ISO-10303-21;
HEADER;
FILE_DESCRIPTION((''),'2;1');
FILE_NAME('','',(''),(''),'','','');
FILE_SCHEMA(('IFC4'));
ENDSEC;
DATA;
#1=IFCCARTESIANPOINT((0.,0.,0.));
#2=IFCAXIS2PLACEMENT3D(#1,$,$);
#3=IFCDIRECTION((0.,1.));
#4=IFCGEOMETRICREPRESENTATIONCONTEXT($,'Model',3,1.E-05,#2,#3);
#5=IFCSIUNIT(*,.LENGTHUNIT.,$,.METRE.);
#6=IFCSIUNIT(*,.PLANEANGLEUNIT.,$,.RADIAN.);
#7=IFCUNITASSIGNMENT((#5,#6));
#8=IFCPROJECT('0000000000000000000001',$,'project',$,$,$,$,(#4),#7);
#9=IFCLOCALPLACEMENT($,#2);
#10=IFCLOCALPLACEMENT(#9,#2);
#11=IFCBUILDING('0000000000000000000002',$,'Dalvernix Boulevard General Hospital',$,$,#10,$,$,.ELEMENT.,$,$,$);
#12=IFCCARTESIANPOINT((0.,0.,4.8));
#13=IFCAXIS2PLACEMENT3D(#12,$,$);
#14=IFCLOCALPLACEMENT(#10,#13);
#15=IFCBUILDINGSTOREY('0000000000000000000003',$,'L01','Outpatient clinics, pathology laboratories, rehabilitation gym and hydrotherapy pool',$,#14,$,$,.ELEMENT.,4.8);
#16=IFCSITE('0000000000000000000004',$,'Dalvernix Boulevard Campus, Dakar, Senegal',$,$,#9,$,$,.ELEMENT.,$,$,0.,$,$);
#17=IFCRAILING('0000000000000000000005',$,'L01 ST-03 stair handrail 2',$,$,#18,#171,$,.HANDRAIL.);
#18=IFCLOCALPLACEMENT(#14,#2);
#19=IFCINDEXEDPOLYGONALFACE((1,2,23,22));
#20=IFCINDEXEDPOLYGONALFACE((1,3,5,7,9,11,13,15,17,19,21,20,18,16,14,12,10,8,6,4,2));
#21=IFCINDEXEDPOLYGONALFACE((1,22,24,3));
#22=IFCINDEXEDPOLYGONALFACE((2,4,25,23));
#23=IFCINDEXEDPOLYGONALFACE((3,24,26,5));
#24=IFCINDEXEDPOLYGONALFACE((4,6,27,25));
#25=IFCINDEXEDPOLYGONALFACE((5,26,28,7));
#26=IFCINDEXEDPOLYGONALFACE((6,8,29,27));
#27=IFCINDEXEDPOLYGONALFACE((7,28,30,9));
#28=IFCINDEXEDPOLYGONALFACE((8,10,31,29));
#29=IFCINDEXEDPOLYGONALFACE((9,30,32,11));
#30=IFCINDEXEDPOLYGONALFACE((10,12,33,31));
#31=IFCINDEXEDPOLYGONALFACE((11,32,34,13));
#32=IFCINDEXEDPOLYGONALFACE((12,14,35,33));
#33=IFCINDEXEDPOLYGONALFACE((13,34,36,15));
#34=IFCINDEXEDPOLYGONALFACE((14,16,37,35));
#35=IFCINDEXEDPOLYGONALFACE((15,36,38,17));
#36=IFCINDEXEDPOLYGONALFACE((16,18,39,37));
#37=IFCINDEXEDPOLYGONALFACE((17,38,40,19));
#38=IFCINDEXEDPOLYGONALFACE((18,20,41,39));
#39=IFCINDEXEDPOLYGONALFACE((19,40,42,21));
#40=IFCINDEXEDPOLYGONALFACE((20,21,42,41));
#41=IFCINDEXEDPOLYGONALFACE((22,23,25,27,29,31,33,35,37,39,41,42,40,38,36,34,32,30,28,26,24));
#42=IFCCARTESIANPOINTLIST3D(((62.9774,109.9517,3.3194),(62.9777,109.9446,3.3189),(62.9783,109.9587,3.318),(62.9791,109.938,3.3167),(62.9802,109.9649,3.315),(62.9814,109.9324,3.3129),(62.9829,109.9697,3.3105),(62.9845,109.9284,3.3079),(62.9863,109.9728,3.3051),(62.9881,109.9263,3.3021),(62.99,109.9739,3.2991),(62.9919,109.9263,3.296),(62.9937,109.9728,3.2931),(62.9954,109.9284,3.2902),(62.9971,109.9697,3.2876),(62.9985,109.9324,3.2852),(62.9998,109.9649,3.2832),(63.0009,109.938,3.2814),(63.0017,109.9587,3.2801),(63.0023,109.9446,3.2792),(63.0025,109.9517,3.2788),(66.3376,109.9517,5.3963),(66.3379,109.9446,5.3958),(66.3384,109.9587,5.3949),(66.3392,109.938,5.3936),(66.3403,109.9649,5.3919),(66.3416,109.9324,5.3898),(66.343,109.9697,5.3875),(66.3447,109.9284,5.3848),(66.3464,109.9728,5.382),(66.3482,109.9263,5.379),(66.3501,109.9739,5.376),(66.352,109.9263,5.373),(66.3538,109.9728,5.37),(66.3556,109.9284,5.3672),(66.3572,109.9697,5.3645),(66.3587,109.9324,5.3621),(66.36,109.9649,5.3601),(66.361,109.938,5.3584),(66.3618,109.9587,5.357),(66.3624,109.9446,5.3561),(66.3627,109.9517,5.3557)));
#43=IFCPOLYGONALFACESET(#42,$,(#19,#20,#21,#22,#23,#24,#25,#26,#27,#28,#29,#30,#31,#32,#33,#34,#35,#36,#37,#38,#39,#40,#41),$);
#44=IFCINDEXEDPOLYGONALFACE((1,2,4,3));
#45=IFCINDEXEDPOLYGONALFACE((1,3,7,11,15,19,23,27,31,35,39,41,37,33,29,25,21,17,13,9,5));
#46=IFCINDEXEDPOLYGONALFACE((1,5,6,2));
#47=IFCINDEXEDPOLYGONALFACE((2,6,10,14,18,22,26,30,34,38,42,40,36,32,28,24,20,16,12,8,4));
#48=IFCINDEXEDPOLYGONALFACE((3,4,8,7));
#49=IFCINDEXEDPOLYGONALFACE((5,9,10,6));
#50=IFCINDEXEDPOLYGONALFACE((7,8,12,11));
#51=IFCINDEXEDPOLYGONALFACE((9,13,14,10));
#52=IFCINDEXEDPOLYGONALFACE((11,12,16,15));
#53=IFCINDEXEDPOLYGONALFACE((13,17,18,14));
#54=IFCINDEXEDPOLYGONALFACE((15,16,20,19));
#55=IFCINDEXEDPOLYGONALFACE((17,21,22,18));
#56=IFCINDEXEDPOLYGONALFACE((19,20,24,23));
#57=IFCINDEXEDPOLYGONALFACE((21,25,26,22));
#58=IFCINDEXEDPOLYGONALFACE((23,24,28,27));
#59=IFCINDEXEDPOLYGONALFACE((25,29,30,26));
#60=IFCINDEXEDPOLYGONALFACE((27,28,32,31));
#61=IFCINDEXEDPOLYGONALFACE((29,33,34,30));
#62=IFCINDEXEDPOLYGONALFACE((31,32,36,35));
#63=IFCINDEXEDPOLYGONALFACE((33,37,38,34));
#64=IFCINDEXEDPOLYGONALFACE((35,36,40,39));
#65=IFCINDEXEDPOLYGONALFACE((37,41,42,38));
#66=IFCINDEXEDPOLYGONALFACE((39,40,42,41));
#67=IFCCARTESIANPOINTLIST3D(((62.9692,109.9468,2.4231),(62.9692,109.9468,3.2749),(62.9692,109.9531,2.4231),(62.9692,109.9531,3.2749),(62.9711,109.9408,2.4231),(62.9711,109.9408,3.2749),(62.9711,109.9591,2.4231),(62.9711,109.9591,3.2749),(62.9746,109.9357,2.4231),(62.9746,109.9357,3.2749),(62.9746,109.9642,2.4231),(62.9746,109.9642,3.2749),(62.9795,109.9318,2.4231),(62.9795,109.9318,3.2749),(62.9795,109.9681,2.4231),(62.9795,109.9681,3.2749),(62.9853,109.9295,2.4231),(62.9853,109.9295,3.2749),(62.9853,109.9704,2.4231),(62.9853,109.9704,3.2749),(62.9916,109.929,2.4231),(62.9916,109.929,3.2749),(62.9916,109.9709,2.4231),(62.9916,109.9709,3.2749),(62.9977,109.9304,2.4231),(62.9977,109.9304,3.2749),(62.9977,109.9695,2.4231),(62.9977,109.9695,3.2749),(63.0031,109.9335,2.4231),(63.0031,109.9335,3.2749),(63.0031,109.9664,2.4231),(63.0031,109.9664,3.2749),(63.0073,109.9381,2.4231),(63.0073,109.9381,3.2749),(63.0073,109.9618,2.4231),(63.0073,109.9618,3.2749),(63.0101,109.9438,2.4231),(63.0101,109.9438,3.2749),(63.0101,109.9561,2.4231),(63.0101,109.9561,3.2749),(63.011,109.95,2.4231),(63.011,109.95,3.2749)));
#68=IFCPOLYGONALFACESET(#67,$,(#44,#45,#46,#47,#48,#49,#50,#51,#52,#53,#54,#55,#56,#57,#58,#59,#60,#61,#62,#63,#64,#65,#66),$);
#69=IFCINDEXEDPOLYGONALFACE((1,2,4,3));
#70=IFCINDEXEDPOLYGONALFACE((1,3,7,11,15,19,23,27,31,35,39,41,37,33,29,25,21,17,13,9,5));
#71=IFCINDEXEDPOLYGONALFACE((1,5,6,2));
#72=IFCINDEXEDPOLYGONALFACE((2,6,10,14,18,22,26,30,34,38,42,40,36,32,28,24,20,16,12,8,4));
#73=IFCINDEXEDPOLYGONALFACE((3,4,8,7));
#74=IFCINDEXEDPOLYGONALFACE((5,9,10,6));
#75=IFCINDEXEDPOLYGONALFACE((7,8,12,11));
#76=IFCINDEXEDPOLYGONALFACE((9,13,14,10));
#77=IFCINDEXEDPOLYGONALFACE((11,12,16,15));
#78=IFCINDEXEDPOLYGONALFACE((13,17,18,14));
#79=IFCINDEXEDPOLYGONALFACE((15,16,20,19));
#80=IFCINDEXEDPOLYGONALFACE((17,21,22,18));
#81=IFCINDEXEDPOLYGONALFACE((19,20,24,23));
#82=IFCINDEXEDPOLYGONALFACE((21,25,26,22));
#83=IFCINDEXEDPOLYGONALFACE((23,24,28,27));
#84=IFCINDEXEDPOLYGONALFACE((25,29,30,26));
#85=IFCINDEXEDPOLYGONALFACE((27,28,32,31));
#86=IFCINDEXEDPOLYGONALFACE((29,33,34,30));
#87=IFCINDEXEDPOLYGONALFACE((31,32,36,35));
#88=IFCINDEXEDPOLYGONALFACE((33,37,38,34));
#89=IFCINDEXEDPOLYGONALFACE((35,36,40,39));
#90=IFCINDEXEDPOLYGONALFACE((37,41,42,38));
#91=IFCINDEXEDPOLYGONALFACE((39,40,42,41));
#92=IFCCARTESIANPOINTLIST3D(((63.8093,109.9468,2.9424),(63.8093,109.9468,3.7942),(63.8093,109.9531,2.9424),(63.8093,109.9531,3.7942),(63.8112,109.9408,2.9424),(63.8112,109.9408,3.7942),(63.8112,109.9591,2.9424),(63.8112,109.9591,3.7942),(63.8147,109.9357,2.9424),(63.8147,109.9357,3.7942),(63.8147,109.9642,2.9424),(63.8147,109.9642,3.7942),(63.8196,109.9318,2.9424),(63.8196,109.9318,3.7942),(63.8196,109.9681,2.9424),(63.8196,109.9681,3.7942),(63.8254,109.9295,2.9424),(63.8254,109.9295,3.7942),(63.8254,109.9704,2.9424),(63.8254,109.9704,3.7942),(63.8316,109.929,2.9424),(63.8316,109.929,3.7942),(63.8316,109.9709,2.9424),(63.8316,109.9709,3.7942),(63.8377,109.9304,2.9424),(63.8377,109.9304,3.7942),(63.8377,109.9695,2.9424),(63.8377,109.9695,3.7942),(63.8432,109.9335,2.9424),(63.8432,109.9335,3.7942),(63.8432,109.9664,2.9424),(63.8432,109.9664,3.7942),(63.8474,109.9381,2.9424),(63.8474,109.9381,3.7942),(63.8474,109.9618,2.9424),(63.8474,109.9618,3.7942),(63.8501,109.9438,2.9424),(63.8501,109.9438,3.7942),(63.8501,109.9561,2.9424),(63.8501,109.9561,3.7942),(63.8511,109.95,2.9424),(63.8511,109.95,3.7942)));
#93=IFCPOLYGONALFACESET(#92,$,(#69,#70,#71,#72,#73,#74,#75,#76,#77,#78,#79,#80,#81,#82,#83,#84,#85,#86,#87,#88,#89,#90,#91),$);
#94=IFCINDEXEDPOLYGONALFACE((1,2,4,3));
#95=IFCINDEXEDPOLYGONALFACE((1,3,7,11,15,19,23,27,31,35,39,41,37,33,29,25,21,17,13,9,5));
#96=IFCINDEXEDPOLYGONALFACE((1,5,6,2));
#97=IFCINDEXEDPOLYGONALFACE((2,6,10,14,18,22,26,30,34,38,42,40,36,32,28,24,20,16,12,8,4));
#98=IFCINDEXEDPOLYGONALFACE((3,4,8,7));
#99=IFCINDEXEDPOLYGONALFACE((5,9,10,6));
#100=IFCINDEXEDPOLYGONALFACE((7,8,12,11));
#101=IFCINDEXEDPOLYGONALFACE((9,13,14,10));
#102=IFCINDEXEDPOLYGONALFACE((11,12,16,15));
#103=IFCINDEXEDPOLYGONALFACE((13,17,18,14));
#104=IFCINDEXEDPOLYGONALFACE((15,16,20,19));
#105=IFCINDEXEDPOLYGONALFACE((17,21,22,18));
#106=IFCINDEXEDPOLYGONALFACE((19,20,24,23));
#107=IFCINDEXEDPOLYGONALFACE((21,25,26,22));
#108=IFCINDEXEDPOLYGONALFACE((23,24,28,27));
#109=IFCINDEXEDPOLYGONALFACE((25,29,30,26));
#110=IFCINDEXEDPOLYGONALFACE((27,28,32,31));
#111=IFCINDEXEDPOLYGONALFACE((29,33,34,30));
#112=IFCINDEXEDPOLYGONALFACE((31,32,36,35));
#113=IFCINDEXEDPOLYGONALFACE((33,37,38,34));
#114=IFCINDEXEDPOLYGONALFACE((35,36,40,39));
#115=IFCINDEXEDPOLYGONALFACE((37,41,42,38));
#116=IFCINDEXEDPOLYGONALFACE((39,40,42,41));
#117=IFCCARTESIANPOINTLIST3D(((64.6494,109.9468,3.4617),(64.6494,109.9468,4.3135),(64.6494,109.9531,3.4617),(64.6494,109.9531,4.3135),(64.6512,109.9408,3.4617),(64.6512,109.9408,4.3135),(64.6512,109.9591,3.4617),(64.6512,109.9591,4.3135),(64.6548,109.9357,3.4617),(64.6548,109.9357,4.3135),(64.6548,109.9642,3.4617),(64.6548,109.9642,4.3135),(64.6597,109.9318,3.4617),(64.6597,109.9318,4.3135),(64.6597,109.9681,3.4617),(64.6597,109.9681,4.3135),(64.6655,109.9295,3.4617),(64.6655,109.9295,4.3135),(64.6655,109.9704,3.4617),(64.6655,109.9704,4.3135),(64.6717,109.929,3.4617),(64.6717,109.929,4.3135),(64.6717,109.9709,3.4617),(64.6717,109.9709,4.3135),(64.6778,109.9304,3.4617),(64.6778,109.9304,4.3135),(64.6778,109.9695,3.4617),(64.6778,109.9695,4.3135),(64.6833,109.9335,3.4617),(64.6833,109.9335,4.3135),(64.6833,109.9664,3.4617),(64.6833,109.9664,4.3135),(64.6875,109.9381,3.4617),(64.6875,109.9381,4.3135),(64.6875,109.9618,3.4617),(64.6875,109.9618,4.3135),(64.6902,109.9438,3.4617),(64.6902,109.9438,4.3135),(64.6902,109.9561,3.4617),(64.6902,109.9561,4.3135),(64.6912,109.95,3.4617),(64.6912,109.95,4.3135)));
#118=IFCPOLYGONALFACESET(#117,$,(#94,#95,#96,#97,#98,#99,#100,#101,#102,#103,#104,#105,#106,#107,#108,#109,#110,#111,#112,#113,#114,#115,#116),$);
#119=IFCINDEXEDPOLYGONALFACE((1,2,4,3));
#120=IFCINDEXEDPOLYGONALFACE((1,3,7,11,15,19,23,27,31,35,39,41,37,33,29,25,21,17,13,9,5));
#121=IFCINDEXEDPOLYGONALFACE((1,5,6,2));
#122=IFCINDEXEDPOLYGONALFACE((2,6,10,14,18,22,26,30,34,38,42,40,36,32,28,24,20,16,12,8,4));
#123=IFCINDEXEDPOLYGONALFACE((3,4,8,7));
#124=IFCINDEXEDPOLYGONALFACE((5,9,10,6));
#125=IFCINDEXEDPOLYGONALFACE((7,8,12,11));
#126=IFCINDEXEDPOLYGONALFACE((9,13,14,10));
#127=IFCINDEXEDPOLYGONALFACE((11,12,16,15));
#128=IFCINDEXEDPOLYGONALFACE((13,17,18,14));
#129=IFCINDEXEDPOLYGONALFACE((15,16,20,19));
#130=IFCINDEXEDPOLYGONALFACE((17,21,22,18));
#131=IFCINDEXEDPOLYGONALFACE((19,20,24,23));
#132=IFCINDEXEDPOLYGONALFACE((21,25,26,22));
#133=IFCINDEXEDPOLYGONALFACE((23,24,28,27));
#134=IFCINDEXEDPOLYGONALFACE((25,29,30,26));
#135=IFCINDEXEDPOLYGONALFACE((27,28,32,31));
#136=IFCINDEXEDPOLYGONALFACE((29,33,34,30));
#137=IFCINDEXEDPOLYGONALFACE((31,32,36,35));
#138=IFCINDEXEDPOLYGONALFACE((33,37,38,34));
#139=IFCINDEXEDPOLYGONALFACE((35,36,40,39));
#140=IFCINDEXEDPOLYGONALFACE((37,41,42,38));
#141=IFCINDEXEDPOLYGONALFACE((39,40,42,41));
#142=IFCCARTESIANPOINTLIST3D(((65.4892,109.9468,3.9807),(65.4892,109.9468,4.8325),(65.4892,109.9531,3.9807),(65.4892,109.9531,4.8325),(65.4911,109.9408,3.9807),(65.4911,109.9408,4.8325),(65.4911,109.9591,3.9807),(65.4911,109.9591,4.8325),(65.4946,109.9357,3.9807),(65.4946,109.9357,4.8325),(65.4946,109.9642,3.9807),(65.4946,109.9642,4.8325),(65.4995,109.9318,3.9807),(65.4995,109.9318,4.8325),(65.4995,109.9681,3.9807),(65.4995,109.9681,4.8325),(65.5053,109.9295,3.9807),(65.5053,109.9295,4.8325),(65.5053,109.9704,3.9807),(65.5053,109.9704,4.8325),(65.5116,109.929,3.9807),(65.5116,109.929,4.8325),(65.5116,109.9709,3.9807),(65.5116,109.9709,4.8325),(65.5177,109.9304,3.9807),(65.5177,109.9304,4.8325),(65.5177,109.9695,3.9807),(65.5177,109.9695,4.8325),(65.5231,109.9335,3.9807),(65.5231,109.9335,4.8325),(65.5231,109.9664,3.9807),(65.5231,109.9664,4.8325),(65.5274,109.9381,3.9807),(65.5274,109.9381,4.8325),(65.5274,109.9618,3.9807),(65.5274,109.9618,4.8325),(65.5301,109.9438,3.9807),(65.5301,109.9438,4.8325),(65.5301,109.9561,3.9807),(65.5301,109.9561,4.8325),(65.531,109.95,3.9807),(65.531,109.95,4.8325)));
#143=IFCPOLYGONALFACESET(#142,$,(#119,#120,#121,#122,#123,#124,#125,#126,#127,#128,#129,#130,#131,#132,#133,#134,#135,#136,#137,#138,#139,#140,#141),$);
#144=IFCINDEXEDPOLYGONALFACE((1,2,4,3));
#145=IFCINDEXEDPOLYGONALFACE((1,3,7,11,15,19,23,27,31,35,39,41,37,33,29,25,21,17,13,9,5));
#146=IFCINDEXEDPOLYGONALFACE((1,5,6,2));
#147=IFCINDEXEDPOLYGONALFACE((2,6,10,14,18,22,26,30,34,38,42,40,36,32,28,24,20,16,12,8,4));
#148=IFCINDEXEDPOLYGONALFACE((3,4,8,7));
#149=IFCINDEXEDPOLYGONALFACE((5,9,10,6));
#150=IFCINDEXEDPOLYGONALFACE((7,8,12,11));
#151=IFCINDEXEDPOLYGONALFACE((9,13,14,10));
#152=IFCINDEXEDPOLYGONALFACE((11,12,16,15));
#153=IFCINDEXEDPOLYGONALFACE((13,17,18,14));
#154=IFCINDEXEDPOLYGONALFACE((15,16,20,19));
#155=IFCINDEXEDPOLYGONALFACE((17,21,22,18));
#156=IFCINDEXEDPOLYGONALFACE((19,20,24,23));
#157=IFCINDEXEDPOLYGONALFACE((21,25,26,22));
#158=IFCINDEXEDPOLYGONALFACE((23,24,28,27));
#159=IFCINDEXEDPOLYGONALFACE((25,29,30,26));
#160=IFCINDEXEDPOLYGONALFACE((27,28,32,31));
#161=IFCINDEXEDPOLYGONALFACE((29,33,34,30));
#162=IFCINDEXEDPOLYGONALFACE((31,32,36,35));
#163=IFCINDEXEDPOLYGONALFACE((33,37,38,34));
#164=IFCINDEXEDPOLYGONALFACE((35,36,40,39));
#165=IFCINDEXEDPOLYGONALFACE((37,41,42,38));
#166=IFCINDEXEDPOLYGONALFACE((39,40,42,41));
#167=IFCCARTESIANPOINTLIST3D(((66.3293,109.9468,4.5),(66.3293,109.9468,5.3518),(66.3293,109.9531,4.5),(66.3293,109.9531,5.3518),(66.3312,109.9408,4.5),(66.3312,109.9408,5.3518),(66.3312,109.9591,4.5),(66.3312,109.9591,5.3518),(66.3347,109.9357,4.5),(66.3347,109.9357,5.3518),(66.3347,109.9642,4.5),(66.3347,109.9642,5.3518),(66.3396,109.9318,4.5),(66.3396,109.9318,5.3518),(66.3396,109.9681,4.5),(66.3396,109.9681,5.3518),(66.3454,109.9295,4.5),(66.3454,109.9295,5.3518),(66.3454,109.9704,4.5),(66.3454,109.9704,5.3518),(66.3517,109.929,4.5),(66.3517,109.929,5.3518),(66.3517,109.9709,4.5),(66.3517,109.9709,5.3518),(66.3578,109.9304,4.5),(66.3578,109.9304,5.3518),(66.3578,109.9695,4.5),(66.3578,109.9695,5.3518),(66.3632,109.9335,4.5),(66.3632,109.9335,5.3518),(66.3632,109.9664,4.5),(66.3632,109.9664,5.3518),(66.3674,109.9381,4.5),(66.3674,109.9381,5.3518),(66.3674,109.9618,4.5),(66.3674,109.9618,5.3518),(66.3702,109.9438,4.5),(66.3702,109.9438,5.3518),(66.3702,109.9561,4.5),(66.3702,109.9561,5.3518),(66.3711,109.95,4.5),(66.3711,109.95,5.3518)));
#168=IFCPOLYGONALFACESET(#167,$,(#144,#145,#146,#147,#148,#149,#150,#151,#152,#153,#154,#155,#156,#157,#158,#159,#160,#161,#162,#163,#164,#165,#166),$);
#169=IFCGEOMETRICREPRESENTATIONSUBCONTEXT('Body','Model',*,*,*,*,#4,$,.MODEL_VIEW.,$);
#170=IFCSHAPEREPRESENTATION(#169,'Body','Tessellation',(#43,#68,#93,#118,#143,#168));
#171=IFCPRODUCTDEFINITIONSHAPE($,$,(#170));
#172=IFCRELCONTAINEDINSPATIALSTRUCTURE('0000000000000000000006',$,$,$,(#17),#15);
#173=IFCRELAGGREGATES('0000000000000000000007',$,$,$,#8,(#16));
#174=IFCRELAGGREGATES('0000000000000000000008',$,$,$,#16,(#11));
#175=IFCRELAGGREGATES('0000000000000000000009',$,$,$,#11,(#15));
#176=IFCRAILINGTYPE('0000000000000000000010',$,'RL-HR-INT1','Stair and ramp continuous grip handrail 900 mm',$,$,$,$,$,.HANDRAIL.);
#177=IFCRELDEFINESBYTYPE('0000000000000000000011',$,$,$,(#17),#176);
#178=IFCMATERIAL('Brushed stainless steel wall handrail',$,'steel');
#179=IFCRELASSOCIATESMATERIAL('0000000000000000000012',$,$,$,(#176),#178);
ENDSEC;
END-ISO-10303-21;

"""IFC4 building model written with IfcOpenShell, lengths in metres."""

from ifc_helpers import new_model, si_unit, direction, frame, origin, origin_2d, place, context, subcontext, project, spatial, circle, extrude, material, type_object, element, save


model = new_model("IFC4")

# Units and contexts
model_context = context("Model", 3, precision=1e-05, world=origin(), true_north=direction((0.0, 1.0)))
body_context = subcontext(model_context, "Body", "Model", "MODEL_VIEW")
ifc_project = project(units=[si_unit("LENGTHUNIT", "METRE"), si_unit("PLANEANGLEUNIT", "RADIAN")], contexts=[model_context])

# Site, building, storey
site_placement = place(None, origin())
site = spatial("IfcSite", under=ifc_project, at=site_placement, Name="Dalvernix Boulevard Campus, Dakar, Senegal", CompositionType="ELEMENT", RefElevation=0.0)
building_placement = place(site_placement, origin())
building = spatial("IfcBuilding", under=site, at=building_placement, Name="Dalvernix Boulevard General Hospital", CompositionType="ELEMENT")
storey_placement = place(building_placement, frame((0.0, 0.0, 4.8)))
storey = spatial("IfcBuildingStorey", under=building, at=storey_placement, Name="L01", Description="Outpatient clinics, pathology laboratories, rehabilitation gym and hydrotherapy pool", CompositionType="ELEMENT", Elevation=4.8)

# Railing
ifc_material_1 = material(Name="Brushed stainless steel wall handrail", Category="steel")
railing_type_1 = type_object("IfcRailingType", Name="RL-HR-INT1", Description="Stair and ramp continuous grip handrail 900 mm", PredefinedType="HANDRAIL", material=ifc_material_1)
railing_1_placement = place(storey_placement, frame((62.99, 109.95, 2.4231)))
element("IfcRailing", 1, at=railing_1_placement, inside=storey, type_object=railing_type_1, Name="L01 ST-03 stair handrail 2", PredefinedType="HANDRAIL", context=body_context, shape_type="SweptSolid", body=[
    extrude(circle(Radius=0.0239, at=origin_2d()), frame((0.0, 0.0, 0.876), z_axis=(0.850623, 0.0, 0.525776), x_axis=(0.0, 1.0, 0.0)), (0.0, 0.0, 1.0), 3.9502),
    extrude(circle(Radius=0.021, at=origin_2d()), origin(), (0.0, 0.0, 1.0), 0.8518),
    extrude(circle(Radius=0.021, at=origin_2d()), frame((0.8401, 0.0, 0.5193)), (0.0, 0.0, 1.0), 0.8518),
    extrude(circle(Radius=0.021, at=origin_2d()), frame((1.6802, 0.0, 1.0386)), (0.0, 0.0, 1.0), 0.8518),
    extrude(circle(Radius=0.021, at=origin_2d()), frame((2.52, 0.0, 1.5576)), (0.0, 0.0, 1.0), 0.8518),
    extrude(circle(Radius=0.021, at=origin_2d()), frame((3.3601, 0.0, 2.0769)), (0.0, 0.0, 1.0), 0.8518),
])

save(model, "model.ifc")
